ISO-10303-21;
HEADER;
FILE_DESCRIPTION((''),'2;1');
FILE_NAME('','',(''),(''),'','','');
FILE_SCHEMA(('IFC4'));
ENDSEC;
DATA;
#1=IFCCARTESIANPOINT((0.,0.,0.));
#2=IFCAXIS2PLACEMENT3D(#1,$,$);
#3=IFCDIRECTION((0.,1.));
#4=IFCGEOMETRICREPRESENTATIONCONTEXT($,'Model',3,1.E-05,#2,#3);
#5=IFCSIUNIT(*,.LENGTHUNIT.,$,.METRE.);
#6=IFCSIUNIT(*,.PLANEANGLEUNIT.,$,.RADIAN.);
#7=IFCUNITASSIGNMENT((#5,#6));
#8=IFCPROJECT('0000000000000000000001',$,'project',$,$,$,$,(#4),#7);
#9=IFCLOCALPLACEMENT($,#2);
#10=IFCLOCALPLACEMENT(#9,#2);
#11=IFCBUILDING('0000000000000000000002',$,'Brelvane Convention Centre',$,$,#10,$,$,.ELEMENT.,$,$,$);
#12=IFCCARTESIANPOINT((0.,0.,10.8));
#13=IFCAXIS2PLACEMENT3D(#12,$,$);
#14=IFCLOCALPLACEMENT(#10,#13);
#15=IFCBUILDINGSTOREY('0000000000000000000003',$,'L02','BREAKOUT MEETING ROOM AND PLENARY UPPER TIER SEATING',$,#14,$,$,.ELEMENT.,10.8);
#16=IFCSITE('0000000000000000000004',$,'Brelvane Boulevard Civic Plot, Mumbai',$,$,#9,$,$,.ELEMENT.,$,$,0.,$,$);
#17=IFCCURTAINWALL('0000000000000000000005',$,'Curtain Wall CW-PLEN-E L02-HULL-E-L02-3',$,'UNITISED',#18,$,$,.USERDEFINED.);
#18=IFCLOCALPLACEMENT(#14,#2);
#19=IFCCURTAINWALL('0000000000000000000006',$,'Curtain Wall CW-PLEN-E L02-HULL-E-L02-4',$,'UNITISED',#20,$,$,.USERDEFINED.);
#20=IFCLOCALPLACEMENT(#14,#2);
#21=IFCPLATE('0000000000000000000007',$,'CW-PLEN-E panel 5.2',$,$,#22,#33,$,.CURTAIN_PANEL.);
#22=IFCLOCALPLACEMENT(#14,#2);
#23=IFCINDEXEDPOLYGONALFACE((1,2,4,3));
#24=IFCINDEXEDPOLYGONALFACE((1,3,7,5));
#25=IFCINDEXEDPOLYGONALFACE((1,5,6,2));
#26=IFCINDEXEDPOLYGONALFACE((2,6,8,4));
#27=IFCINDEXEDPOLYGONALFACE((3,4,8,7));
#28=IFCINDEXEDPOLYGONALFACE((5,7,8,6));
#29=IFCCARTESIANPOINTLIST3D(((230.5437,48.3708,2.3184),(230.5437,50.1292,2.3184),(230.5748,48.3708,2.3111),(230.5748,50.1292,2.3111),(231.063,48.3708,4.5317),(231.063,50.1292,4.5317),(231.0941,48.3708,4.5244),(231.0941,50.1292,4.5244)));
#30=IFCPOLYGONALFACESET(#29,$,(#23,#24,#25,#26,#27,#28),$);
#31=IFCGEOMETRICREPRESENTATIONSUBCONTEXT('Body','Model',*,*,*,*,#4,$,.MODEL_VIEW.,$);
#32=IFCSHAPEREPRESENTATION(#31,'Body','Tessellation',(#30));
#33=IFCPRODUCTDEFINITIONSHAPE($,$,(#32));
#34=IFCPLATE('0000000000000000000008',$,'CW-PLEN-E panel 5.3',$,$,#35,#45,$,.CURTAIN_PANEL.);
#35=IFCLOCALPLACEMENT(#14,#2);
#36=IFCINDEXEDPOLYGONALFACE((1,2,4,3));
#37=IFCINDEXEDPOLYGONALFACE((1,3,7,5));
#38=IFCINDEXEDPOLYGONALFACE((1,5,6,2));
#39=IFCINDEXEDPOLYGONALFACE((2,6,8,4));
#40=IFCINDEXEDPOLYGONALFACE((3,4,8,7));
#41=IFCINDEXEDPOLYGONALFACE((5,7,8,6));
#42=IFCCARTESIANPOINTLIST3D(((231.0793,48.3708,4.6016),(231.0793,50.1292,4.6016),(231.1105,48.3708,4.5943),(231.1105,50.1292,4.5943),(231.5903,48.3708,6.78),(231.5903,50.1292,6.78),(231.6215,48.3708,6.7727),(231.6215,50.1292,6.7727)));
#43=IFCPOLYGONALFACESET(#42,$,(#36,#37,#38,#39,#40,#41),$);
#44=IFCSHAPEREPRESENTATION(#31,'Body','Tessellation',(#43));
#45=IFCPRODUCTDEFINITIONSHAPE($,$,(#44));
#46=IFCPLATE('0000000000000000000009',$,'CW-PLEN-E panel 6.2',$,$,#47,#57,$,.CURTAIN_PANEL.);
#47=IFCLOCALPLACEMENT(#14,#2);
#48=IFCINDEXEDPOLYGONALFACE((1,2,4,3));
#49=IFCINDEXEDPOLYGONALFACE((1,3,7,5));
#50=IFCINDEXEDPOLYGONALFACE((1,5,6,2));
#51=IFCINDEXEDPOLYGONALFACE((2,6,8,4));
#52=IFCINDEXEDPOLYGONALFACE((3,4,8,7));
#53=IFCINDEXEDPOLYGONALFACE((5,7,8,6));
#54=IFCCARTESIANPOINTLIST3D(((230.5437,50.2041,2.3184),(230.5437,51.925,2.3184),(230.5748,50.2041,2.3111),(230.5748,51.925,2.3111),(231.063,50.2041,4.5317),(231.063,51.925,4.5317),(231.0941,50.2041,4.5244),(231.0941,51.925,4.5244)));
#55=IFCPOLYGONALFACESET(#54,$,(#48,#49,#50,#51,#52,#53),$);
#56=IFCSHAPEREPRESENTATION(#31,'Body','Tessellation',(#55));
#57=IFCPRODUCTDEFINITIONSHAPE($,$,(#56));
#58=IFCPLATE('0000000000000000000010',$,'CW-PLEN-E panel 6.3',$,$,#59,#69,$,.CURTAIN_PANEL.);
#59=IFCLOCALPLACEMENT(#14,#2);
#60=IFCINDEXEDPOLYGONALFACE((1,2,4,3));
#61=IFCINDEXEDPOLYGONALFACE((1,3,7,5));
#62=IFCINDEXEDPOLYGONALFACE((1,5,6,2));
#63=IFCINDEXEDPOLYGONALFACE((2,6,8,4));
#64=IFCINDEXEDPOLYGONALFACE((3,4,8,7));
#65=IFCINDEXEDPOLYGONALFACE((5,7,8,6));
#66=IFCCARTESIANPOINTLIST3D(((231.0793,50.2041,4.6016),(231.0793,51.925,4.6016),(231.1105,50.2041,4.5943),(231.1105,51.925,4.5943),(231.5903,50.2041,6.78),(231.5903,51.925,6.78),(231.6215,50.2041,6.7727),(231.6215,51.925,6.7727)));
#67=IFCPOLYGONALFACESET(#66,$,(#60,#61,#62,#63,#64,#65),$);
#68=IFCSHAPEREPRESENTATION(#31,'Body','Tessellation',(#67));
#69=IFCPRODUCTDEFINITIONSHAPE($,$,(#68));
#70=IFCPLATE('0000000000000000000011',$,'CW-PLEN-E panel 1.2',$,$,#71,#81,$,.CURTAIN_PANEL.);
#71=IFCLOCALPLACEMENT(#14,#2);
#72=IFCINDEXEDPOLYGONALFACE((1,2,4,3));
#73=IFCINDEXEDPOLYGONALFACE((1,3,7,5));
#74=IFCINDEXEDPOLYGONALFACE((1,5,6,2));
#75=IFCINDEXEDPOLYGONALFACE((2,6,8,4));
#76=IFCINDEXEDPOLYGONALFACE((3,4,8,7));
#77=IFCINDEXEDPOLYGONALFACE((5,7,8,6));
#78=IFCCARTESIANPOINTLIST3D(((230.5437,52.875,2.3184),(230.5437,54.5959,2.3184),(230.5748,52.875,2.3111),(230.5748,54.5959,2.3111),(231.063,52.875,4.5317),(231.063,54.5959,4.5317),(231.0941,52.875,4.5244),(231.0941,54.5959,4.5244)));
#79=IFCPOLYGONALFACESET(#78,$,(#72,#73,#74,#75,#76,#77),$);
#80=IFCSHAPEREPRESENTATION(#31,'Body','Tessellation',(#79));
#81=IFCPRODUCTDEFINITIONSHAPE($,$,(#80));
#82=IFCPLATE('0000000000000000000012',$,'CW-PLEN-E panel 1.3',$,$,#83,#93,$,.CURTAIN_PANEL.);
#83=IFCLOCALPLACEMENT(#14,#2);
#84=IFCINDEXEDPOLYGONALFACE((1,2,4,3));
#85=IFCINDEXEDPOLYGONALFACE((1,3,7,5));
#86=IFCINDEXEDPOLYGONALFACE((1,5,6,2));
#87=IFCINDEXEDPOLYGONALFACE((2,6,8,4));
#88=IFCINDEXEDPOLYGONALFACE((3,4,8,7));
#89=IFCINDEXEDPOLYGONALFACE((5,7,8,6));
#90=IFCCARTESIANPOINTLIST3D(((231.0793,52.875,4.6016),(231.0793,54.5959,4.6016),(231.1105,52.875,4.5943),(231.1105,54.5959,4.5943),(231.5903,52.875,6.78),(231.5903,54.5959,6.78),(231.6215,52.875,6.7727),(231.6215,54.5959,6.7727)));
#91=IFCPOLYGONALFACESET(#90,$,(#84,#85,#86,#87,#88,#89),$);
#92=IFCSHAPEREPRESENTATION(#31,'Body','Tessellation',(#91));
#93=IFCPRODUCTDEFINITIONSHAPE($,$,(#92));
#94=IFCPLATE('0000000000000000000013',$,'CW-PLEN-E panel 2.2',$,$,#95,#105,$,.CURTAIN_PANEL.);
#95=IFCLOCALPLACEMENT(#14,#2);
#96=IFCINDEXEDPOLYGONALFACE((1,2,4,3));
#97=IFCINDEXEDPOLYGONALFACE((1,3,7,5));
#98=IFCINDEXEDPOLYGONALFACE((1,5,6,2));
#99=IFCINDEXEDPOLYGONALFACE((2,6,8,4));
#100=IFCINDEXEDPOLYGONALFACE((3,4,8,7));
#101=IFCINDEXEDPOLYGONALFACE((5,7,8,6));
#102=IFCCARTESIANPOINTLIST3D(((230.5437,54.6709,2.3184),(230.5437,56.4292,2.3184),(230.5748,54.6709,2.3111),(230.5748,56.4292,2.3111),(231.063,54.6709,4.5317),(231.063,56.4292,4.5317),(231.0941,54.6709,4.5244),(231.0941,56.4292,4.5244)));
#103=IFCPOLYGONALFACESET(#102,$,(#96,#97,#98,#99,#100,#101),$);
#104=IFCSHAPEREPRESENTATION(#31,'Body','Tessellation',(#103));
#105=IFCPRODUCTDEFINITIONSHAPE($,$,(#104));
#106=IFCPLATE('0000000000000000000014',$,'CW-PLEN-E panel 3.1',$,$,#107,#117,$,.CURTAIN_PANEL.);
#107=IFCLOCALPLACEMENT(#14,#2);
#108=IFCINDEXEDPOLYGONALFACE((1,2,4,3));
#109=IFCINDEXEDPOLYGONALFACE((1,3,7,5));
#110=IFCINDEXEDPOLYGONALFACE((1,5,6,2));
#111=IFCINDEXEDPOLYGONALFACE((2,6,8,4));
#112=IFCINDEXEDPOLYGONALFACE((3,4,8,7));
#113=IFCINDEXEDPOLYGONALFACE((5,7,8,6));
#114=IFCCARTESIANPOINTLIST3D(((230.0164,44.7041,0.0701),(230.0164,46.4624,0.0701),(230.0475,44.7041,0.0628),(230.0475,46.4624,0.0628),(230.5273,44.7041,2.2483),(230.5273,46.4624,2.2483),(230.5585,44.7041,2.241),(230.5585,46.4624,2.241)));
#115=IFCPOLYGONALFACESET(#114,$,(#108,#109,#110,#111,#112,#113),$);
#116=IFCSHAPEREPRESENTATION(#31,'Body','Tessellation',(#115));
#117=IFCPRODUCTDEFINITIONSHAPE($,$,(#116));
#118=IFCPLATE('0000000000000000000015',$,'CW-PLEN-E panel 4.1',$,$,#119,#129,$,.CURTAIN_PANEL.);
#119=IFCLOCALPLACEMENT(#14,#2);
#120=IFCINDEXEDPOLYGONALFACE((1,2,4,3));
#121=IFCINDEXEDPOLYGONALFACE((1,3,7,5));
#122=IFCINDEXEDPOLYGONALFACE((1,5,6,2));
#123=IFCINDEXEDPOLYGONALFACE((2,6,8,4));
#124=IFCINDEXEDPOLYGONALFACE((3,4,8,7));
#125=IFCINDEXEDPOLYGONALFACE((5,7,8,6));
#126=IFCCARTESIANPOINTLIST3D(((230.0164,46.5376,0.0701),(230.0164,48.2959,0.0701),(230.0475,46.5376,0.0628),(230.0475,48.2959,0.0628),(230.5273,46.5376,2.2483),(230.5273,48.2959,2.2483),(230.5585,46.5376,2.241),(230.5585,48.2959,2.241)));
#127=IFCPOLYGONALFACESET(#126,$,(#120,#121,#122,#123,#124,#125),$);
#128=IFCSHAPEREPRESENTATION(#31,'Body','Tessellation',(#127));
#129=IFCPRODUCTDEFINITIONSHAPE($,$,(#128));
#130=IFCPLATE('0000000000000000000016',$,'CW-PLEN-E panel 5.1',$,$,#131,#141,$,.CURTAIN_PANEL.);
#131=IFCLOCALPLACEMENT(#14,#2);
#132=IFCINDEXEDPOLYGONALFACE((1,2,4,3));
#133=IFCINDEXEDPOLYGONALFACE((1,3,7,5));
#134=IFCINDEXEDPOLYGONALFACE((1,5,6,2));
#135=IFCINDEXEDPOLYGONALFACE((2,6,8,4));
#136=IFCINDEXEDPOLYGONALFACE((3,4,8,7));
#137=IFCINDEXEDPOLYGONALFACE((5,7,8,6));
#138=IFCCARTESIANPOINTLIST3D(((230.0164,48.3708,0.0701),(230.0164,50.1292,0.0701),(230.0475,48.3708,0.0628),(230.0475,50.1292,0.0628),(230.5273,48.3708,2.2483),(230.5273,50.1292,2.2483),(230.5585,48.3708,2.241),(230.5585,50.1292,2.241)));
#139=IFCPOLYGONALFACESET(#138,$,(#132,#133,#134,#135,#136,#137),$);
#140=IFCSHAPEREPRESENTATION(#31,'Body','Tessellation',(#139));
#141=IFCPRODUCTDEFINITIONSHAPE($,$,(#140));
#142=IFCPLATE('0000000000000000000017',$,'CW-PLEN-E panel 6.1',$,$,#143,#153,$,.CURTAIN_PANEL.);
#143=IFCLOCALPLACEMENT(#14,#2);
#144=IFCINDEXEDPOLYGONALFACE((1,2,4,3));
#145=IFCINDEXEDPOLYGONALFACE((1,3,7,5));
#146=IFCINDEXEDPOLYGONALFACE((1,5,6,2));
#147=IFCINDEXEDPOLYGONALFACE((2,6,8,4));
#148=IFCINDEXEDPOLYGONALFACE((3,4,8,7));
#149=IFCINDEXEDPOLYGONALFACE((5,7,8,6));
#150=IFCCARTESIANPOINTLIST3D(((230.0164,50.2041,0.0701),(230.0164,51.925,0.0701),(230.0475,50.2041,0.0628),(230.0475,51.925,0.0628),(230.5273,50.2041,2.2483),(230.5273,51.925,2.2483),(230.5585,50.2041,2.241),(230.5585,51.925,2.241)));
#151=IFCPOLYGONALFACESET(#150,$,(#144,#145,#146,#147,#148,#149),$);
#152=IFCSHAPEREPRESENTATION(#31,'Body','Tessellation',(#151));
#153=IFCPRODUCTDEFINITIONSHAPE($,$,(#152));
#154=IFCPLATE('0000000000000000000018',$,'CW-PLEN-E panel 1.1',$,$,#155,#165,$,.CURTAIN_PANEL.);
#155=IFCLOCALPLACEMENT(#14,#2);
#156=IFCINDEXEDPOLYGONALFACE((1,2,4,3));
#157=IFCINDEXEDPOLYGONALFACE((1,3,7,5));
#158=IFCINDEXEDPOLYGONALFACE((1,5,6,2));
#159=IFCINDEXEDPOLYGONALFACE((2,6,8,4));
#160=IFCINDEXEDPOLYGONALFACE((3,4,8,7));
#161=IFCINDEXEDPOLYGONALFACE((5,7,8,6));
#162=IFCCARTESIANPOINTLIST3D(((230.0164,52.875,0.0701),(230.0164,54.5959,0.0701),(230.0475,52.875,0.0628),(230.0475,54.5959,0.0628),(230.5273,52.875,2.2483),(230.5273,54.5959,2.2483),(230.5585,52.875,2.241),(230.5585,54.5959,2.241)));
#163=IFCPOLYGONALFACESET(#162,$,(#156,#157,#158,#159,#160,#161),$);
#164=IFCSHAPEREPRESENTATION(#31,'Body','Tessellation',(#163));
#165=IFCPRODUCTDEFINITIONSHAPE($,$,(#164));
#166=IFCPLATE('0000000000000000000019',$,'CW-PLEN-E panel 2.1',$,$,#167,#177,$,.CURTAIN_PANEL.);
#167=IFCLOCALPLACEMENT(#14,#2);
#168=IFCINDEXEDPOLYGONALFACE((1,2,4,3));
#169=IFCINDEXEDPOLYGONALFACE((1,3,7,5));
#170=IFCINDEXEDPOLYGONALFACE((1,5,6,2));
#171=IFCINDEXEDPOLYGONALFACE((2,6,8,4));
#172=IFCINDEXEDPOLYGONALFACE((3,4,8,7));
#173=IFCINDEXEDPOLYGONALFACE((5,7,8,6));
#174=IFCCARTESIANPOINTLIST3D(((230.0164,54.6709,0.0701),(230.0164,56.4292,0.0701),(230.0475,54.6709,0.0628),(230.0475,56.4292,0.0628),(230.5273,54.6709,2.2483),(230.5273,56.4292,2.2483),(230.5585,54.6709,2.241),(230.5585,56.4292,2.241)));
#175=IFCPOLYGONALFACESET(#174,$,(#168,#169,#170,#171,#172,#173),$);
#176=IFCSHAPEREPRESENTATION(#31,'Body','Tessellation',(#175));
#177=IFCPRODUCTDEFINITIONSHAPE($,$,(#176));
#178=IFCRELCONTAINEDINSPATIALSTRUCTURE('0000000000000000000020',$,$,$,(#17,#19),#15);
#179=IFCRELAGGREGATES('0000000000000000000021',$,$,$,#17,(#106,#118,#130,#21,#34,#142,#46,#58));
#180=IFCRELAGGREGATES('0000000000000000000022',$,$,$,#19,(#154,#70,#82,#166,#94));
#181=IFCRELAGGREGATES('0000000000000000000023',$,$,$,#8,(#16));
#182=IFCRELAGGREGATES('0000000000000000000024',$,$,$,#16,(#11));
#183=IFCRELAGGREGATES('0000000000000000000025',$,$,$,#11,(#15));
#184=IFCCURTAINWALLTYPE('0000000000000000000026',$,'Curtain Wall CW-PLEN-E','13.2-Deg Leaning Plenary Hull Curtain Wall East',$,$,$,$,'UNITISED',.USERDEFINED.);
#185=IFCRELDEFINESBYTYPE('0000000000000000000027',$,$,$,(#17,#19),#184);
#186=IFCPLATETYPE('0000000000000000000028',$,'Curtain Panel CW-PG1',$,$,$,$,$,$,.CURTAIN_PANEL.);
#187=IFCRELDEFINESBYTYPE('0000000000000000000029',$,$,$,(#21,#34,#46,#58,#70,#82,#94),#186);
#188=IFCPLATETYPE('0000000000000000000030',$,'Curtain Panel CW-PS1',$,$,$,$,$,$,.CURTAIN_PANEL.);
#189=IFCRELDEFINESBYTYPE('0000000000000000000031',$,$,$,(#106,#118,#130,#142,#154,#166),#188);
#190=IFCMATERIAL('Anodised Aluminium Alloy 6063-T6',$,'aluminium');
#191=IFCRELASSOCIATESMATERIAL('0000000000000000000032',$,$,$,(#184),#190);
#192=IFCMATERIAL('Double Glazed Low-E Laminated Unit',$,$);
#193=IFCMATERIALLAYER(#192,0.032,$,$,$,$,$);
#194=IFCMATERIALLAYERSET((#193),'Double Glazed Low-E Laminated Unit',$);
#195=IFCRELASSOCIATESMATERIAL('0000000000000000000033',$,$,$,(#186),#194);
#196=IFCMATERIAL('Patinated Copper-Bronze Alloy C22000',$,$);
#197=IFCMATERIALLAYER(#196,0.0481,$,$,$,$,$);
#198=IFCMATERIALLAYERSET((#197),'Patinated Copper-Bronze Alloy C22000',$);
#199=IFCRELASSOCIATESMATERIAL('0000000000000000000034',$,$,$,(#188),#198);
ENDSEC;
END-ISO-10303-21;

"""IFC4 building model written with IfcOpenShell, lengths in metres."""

from ifc_helpers import new_model, si_unit, direction, frame, origin, place, context, subcontext, project, spatial, polyline, outline, extrude, material, layer, layer_set, type_object, element, aggregate, save


model = new_model("IFC4")

# Units and contexts
model_context = context("Model", 3, precision=1e-05, world=origin(), true_north=direction((0.0, 1.0)))
body_context = subcontext(model_context, "Body", "Model", "MODEL_VIEW")
ifc_project = project(units=[si_unit("LENGTHUNIT", "METRE"), si_unit("PLANEANGLEUNIT", "RADIAN")], contexts=[model_context])

# Site, building, storey
site_placement = place(None, origin())
site = spatial("IfcSite", under=ifc_project, at=site_placement, Name="Brelvane Boulevard Civic Plot, Mumbai", CompositionType="ELEMENT", RefElevation=0.0)
building_placement = place(site_placement, origin())
building = spatial("IfcBuilding", under=site, at=building_placement, Name="Brelvane Convention Centre", CompositionType="ELEMENT")
storey_placement = place(building_placement, frame((0.0, 0.0, 10.8)))
storey = spatial("IfcBuildingStorey", under=building, at=storey_placement, Name="L02", Description="BREAKOUT MEETING ROOM AND PLENARY UPPER TIER SEATING", CompositionType="ELEMENT", Elevation=10.8)

# Curtain walls
ifc_material_1 = material(Name="Anodised Aluminium Alloy 6063-T6", Category="aluminium")
curtain_wall_type = type_object("IfcCurtainWallType", Name="Curtain Wall CW-PLEN-E", Description="13.2-Deg Leaning Plenary Hull Curtain Wall East", ElementType="UNITISED", PredefinedType="USERDEFINED", material=ifc_material_1)
curtain_wall_1_placement = place(storey_placement, origin())
curtain_wall_1 = element("IfcCurtainWall", 1, at=curtain_wall_1_placement, inside=storey, type_object=curtain_wall_type, Name="Curtain Wall CW-PLEN-E L02-HULL-E-L02-3", ObjectType="UNITISED", PredefinedType="USERDEFINED")
curtain_wall_2_placement = place(storey_placement, origin())
curtain_wall_2 = element("IfcCurtainWall", 2, at=curtain_wall_2_placement, inside=storey, type_object=curtain_wall_type, Name="Curtain Wall CW-PLEN-E L02-HULL-E-L02-4", ObjectType="UNITISED", PredefinedType="USERDEFINED")

# Plates
ifc_material_2 = material(Name="Double Glazed Low-E Laminated Unit")
ifc_layer_1 = layer(ifc_material_2, 0.032)
ifc_layer_set_1 = layer_set([ifc_layer_1], Name="Double Glazed Low-E Laminated Unit")
plate_type_1 = type_object("IfcPlateType", Name="Curtain Panel CW-PG1", PredefinedType="CURTAIN_PANEL", material=ifc_layer_set_1)
plate_1_placement = place(storey_placement, frame((230.5437, 48.3708, 2.3184), z_axis=(-0.973565, 0.0, 0.228411), x_axis=(0.0, 1.0, 0.0)))
plate_1 = element("IfcPlate", 3, at=plate_1_placement, type_object=plate_type_1, Name="CW-PLEN-E panel 5.2", PredefinedType="CURTAIN_PANEL", context=body_context, shape_type="SweptSolid", body=[
    extrude(outline(polyline([(0.0, 0.0), (1.7583, 0.0), (1.7583, -2.2735), (0.0, -2.2735), (0.0, 0.0)])), origin(), (0.0, 0.0, -1.0), 0.032),
])
plate_2_placement = place(storey_placement, frame((231.0793, 48.3708, 4.6016), z_axis=(-0.973576, 0.0, 0.228364), x_axis=(0.0, 1.0, 0.0)))
plate_2 = element("IfcPlate", 4, at=plate_2_placement, type_object=plate_type_1, Name="CW-PLEN-E panel 5.3", PredefinedType="CURTAIN_PANEL", context=body_context, shape_type="SweptSolid", body=[
    extrude(outline(polyline([(0.0, 0.0), (1.7583, 0.0), (1.7583, -2.2376), (0.0, -2.2376), (0.0, 0.0)])), origin(), (0.0, 0.0, -1.0), 0.032),
])
plate_3_placement = place(storey_placement, frame((230.5437, 50.2041, 2.3184), z_axis=(-0.973565, 0.0, 0.228411), x_axis=(0.0, 1.0, 0.0)))
plate_3 = element("IfcPlate", 5, at=plate_3_placement, type_object=plate_type_1, Name="CW-PLEN-E panel 6.2", PredefinedType="CURTAIN_PANEL", context=body_context, shape_type="SweptSolid", body=[
    extrude(outline(polyline([(0.0, 0.0), (1.7209, 0.0), (1.7209, -2.2735), (0.0, -2.2735), (0.0, 0.0)])), origin(), (0.0, 0.0, -1.0), 0.032),
])
plate_4_placement = place(storey_placement, frame((231.0793, 50.2041, 4.6016), z_axis=(-0.973576, 0.0, 0.228364), x_axis=(0.0, 1.0, 0.0)))
plate_4 = element("IfcPlate", 6, at=plate_4_placement, type_object=plate_type_1, Name="CW-PLEN-E panel 6.3", PredefinedType="CURTAIN_PANEL", context=body_context, shape_type="SweptSolid", body=[
    extrude(outline(polyline([(0.0, 0.0), (1.7209, 0.0), (1.7209, -2.2376), (0.0, -2.2376), (0.0, 0.0)])), origin(), (0.0, 0.0, -1.0), 0.032),
])
plate_5_placement = place(storey_placement, frame((230.5437, 52.875, 2.3184), z_axis=(-0.973565, 0.0, 0.228411), x_axis=(0.0, 1.0, 0.0)))
plate_5 = element("IfcPlate", 7, at=plate_5_placement, type_object=plate_type_1, Name="CW-PLEN-E panel 1.2", PredefinedType="CURTAIN_PANEL", context=body_context, shape_type="SweptSolid", body=[
    extrude(outline(polyline([(0.0, 0.0), (1.7209, 0.0), (1.7209, -2.2735), (0.0, -2.2735), (0.0, 0.0)])), origin(), (0.0, 0.0, -1.0), 0.032),
])
plate_6_placement = place(storey_placement, frame((231.0793, 52.875, 4.6016), z_axis=(-0.973576, 0.0, 0.228364), x_axis=(0.0, 1.0, 0.0)))
plate_6 = element("IfcPlate", 8, at=plate_6_placement, type_object=plate_type_1, Name="CW-PLEN-E panel 1.3", PredefinedType="CURTAIN_PANEL", context=body_context, shape_type="SweptSolid", body=[
    extrude(outline(polyline([(0.0, 0.0), (1.7209, 0.0), (1.7209, -2.2376), (0.0, -2.2376), (0.0, 0.0)])), origin(), (0.0, 0.0, -1.0), 0.032),
])
plate_7_placement = place(storey_placement, frame((230.5437, 54.6709, 2.3184), z_axis=(-0.973565, 0.0, 0.228411), x_axis=(0.0, 1.0, 0.0)))
plate_7 = element("IfcPlate", 9, at=plate_7_placement, type_object=plate_type_1, Name="CW-PLEN-E panel 2.2", PredefinedType="CURTAIN_PANEL", context=body_context, shape_type="SweptSolid", body=[
    extrude(outline(polyline([(0.0, 0.0), (1.7583, 0.0), (1.7583, -2.2735), (0.0, -2.2735), (0.0, 0.0)])), origin(), (0.0, 0.0, -1.0), 0.032),
])
ifc_material_3 = material(Name="Patinated Copper-Bronze Alloy C22000")
ifc_layer_2 = layer(ifc_material_3, 0.0481)
ifc_layer_set_2 = layer_set([ifc_layer_2], Name="Patinated Copper-Bronze Alloy C22000")
plate_type_2 = type_object("IfcPlateType", Name="Curtain Panel CW-PS1", PredefinedType="CURTAIN_PANEL", material=ifc_layer_set_2)
plate_8_placement = place(storey_placement, frame((230.0164, 44.7041, 0.0701), z_axis=(-0.97357, 0.0, 0.228388), x_axis=(0.0, 1.0, 0.0)))
plate_8 = element("IfcPlate", 10, at=plate_8_placement, type_object=plate_type_2, Name="CW-PLEN-E panel 3.1", PredefinedType="CURTAIN_PANEL", context=body_context, shape_type="SweptSolid", body=[
    extrude(outline(polyline([(0.0, 0.0), (1.7583, 0.0), (1.7583, -2.2374), (0.0, -2.2374), (0.0, 0.0)])), origin(), (0.0, 0.0, -1.0), 0.032),
])
plate_9_placement = place(storey_placement, frame((230.0164, 46.5376, 0.0701), z_axis=(-0.97357, 0.0, 0.228388), x_axis=(0.0, 1.0, 0.0)))
plate_9 = element("IfcPlate", 11, at=plate_9_placement, type_object=plate_type_2, Name="CW-PLEN-E panel 4.1", PredefinedType="CURTAIN_PANEL", context=body_context, shape_type="SweptSolid", body=[
    extrude(outline(polyline([(0.0, 0.0), (1.7583, 0.0), (1.7583, -2.2374), (0.0, -2.2374), (0.0, 0.0)])), origin(), (0.0, 0.0, -1.0), 0.032),
])
plate_10_placement = place(storey_placement, frame((230.0164, 48.3708, 0.0701), z_axis=(-0.97357, 0.0, 0.228388), x_axis=(0.0, 1.0, 0.0)))
plate_10 = element("IfcPlate", 12, at=plate_10_placement, type_object=plate_type_2, Name="CW-PLEN-E panel 5.1", PredefinedType="CURTAIN_PANEL", context=body_context, shape_type="SweptSolid", body=[
    extrude(outline(polyline([(0.0, 0.0), (1.7583, 0.0), (1.7583, -2.2374), (0.0, -2.2374), (0.0, 0.0)])), origin(), (0.0, 0.0, -1.0), 0.032),
])
plate_11_placement = place(storey_placement, frame((230.0164, 50.2041, 0.0701), z_axis=(-0.97357, 0.0, 0.228388), x_axis=(0.0, 1.0, 0.0)))
plate_11 = element("IfcPlate", 13, at=plate_11_placement, type_object=plate_type_2, Name="CW-PLEN-E panel 6.1", PredefinedType="CURTAIN_PANEL", context=body_context, shape_type="SweptSolid", body=[
    extrude(outline(polyline([(0.0, 0.0), (1.7209, 0.0), (1.7209, -2.2374), (0.0, -2.2374), (0.0, 0.0)])), origin(), (0.0, 0.0, -1.0), 0.032),
])
aggregate(curtain_wall_1, [plate_8, plate_9, plate_10, plate_1, plate_2, plate_11, plate_3, plate_4])
plate_12_placement = place(storey_placement, frame((230.0164, 52.875, 0.0701), z_axis=(-0.97357, 0.0, 0.228388), x_axis=(0.0, 1.0, 0.0)))
plate_12 = element("IfcPlate", 14, at=plate_12_placement, type_object=plate_type_2, Name="CW-PLEN-E panel 1.1", PredefinedType="CURTAIN_PANEL", context=body_context, shape_type="SweptSolid", body=[
    extrude(outline(polyline([(0.0, 0.0), (1.7209, 0.0), (1.7209, -2.2374), (0.0, -2.2374), (0.0, 0.0)])), origin(), (0.0, 0.0, -1.0), 0.032),
])
plate_13_placement = place(storey_placement, frame((230.0164, 54.6709, 0.0701), z_axis=(-0.97357, 0.0, 0.228388), x_axis=(0.0, 1.0, 0.0)))
plate_13 = element("IfcPlate", 15, at=plate_13_placement, type_object=plate_type_2, Name="CW-PLEN-E panel 2.1", PredefinedType="CURTAIN_PANEL", context=body_context, shape_type="SweptSolid", body=[
    extrude(outline(polyline([(0.0, 0.0), (1.7583, 0.0), (1.7583, -2.2374), (0.0, -2.2374), (0.0, 0.0)])), origin(), (0.0, 0.0, -1.0), 0.032),
])
aggregate(curtain_wall_2, [plate_12, plate_5, plate_6, plate_13, plate_7])

save(model, "model.ifc")
